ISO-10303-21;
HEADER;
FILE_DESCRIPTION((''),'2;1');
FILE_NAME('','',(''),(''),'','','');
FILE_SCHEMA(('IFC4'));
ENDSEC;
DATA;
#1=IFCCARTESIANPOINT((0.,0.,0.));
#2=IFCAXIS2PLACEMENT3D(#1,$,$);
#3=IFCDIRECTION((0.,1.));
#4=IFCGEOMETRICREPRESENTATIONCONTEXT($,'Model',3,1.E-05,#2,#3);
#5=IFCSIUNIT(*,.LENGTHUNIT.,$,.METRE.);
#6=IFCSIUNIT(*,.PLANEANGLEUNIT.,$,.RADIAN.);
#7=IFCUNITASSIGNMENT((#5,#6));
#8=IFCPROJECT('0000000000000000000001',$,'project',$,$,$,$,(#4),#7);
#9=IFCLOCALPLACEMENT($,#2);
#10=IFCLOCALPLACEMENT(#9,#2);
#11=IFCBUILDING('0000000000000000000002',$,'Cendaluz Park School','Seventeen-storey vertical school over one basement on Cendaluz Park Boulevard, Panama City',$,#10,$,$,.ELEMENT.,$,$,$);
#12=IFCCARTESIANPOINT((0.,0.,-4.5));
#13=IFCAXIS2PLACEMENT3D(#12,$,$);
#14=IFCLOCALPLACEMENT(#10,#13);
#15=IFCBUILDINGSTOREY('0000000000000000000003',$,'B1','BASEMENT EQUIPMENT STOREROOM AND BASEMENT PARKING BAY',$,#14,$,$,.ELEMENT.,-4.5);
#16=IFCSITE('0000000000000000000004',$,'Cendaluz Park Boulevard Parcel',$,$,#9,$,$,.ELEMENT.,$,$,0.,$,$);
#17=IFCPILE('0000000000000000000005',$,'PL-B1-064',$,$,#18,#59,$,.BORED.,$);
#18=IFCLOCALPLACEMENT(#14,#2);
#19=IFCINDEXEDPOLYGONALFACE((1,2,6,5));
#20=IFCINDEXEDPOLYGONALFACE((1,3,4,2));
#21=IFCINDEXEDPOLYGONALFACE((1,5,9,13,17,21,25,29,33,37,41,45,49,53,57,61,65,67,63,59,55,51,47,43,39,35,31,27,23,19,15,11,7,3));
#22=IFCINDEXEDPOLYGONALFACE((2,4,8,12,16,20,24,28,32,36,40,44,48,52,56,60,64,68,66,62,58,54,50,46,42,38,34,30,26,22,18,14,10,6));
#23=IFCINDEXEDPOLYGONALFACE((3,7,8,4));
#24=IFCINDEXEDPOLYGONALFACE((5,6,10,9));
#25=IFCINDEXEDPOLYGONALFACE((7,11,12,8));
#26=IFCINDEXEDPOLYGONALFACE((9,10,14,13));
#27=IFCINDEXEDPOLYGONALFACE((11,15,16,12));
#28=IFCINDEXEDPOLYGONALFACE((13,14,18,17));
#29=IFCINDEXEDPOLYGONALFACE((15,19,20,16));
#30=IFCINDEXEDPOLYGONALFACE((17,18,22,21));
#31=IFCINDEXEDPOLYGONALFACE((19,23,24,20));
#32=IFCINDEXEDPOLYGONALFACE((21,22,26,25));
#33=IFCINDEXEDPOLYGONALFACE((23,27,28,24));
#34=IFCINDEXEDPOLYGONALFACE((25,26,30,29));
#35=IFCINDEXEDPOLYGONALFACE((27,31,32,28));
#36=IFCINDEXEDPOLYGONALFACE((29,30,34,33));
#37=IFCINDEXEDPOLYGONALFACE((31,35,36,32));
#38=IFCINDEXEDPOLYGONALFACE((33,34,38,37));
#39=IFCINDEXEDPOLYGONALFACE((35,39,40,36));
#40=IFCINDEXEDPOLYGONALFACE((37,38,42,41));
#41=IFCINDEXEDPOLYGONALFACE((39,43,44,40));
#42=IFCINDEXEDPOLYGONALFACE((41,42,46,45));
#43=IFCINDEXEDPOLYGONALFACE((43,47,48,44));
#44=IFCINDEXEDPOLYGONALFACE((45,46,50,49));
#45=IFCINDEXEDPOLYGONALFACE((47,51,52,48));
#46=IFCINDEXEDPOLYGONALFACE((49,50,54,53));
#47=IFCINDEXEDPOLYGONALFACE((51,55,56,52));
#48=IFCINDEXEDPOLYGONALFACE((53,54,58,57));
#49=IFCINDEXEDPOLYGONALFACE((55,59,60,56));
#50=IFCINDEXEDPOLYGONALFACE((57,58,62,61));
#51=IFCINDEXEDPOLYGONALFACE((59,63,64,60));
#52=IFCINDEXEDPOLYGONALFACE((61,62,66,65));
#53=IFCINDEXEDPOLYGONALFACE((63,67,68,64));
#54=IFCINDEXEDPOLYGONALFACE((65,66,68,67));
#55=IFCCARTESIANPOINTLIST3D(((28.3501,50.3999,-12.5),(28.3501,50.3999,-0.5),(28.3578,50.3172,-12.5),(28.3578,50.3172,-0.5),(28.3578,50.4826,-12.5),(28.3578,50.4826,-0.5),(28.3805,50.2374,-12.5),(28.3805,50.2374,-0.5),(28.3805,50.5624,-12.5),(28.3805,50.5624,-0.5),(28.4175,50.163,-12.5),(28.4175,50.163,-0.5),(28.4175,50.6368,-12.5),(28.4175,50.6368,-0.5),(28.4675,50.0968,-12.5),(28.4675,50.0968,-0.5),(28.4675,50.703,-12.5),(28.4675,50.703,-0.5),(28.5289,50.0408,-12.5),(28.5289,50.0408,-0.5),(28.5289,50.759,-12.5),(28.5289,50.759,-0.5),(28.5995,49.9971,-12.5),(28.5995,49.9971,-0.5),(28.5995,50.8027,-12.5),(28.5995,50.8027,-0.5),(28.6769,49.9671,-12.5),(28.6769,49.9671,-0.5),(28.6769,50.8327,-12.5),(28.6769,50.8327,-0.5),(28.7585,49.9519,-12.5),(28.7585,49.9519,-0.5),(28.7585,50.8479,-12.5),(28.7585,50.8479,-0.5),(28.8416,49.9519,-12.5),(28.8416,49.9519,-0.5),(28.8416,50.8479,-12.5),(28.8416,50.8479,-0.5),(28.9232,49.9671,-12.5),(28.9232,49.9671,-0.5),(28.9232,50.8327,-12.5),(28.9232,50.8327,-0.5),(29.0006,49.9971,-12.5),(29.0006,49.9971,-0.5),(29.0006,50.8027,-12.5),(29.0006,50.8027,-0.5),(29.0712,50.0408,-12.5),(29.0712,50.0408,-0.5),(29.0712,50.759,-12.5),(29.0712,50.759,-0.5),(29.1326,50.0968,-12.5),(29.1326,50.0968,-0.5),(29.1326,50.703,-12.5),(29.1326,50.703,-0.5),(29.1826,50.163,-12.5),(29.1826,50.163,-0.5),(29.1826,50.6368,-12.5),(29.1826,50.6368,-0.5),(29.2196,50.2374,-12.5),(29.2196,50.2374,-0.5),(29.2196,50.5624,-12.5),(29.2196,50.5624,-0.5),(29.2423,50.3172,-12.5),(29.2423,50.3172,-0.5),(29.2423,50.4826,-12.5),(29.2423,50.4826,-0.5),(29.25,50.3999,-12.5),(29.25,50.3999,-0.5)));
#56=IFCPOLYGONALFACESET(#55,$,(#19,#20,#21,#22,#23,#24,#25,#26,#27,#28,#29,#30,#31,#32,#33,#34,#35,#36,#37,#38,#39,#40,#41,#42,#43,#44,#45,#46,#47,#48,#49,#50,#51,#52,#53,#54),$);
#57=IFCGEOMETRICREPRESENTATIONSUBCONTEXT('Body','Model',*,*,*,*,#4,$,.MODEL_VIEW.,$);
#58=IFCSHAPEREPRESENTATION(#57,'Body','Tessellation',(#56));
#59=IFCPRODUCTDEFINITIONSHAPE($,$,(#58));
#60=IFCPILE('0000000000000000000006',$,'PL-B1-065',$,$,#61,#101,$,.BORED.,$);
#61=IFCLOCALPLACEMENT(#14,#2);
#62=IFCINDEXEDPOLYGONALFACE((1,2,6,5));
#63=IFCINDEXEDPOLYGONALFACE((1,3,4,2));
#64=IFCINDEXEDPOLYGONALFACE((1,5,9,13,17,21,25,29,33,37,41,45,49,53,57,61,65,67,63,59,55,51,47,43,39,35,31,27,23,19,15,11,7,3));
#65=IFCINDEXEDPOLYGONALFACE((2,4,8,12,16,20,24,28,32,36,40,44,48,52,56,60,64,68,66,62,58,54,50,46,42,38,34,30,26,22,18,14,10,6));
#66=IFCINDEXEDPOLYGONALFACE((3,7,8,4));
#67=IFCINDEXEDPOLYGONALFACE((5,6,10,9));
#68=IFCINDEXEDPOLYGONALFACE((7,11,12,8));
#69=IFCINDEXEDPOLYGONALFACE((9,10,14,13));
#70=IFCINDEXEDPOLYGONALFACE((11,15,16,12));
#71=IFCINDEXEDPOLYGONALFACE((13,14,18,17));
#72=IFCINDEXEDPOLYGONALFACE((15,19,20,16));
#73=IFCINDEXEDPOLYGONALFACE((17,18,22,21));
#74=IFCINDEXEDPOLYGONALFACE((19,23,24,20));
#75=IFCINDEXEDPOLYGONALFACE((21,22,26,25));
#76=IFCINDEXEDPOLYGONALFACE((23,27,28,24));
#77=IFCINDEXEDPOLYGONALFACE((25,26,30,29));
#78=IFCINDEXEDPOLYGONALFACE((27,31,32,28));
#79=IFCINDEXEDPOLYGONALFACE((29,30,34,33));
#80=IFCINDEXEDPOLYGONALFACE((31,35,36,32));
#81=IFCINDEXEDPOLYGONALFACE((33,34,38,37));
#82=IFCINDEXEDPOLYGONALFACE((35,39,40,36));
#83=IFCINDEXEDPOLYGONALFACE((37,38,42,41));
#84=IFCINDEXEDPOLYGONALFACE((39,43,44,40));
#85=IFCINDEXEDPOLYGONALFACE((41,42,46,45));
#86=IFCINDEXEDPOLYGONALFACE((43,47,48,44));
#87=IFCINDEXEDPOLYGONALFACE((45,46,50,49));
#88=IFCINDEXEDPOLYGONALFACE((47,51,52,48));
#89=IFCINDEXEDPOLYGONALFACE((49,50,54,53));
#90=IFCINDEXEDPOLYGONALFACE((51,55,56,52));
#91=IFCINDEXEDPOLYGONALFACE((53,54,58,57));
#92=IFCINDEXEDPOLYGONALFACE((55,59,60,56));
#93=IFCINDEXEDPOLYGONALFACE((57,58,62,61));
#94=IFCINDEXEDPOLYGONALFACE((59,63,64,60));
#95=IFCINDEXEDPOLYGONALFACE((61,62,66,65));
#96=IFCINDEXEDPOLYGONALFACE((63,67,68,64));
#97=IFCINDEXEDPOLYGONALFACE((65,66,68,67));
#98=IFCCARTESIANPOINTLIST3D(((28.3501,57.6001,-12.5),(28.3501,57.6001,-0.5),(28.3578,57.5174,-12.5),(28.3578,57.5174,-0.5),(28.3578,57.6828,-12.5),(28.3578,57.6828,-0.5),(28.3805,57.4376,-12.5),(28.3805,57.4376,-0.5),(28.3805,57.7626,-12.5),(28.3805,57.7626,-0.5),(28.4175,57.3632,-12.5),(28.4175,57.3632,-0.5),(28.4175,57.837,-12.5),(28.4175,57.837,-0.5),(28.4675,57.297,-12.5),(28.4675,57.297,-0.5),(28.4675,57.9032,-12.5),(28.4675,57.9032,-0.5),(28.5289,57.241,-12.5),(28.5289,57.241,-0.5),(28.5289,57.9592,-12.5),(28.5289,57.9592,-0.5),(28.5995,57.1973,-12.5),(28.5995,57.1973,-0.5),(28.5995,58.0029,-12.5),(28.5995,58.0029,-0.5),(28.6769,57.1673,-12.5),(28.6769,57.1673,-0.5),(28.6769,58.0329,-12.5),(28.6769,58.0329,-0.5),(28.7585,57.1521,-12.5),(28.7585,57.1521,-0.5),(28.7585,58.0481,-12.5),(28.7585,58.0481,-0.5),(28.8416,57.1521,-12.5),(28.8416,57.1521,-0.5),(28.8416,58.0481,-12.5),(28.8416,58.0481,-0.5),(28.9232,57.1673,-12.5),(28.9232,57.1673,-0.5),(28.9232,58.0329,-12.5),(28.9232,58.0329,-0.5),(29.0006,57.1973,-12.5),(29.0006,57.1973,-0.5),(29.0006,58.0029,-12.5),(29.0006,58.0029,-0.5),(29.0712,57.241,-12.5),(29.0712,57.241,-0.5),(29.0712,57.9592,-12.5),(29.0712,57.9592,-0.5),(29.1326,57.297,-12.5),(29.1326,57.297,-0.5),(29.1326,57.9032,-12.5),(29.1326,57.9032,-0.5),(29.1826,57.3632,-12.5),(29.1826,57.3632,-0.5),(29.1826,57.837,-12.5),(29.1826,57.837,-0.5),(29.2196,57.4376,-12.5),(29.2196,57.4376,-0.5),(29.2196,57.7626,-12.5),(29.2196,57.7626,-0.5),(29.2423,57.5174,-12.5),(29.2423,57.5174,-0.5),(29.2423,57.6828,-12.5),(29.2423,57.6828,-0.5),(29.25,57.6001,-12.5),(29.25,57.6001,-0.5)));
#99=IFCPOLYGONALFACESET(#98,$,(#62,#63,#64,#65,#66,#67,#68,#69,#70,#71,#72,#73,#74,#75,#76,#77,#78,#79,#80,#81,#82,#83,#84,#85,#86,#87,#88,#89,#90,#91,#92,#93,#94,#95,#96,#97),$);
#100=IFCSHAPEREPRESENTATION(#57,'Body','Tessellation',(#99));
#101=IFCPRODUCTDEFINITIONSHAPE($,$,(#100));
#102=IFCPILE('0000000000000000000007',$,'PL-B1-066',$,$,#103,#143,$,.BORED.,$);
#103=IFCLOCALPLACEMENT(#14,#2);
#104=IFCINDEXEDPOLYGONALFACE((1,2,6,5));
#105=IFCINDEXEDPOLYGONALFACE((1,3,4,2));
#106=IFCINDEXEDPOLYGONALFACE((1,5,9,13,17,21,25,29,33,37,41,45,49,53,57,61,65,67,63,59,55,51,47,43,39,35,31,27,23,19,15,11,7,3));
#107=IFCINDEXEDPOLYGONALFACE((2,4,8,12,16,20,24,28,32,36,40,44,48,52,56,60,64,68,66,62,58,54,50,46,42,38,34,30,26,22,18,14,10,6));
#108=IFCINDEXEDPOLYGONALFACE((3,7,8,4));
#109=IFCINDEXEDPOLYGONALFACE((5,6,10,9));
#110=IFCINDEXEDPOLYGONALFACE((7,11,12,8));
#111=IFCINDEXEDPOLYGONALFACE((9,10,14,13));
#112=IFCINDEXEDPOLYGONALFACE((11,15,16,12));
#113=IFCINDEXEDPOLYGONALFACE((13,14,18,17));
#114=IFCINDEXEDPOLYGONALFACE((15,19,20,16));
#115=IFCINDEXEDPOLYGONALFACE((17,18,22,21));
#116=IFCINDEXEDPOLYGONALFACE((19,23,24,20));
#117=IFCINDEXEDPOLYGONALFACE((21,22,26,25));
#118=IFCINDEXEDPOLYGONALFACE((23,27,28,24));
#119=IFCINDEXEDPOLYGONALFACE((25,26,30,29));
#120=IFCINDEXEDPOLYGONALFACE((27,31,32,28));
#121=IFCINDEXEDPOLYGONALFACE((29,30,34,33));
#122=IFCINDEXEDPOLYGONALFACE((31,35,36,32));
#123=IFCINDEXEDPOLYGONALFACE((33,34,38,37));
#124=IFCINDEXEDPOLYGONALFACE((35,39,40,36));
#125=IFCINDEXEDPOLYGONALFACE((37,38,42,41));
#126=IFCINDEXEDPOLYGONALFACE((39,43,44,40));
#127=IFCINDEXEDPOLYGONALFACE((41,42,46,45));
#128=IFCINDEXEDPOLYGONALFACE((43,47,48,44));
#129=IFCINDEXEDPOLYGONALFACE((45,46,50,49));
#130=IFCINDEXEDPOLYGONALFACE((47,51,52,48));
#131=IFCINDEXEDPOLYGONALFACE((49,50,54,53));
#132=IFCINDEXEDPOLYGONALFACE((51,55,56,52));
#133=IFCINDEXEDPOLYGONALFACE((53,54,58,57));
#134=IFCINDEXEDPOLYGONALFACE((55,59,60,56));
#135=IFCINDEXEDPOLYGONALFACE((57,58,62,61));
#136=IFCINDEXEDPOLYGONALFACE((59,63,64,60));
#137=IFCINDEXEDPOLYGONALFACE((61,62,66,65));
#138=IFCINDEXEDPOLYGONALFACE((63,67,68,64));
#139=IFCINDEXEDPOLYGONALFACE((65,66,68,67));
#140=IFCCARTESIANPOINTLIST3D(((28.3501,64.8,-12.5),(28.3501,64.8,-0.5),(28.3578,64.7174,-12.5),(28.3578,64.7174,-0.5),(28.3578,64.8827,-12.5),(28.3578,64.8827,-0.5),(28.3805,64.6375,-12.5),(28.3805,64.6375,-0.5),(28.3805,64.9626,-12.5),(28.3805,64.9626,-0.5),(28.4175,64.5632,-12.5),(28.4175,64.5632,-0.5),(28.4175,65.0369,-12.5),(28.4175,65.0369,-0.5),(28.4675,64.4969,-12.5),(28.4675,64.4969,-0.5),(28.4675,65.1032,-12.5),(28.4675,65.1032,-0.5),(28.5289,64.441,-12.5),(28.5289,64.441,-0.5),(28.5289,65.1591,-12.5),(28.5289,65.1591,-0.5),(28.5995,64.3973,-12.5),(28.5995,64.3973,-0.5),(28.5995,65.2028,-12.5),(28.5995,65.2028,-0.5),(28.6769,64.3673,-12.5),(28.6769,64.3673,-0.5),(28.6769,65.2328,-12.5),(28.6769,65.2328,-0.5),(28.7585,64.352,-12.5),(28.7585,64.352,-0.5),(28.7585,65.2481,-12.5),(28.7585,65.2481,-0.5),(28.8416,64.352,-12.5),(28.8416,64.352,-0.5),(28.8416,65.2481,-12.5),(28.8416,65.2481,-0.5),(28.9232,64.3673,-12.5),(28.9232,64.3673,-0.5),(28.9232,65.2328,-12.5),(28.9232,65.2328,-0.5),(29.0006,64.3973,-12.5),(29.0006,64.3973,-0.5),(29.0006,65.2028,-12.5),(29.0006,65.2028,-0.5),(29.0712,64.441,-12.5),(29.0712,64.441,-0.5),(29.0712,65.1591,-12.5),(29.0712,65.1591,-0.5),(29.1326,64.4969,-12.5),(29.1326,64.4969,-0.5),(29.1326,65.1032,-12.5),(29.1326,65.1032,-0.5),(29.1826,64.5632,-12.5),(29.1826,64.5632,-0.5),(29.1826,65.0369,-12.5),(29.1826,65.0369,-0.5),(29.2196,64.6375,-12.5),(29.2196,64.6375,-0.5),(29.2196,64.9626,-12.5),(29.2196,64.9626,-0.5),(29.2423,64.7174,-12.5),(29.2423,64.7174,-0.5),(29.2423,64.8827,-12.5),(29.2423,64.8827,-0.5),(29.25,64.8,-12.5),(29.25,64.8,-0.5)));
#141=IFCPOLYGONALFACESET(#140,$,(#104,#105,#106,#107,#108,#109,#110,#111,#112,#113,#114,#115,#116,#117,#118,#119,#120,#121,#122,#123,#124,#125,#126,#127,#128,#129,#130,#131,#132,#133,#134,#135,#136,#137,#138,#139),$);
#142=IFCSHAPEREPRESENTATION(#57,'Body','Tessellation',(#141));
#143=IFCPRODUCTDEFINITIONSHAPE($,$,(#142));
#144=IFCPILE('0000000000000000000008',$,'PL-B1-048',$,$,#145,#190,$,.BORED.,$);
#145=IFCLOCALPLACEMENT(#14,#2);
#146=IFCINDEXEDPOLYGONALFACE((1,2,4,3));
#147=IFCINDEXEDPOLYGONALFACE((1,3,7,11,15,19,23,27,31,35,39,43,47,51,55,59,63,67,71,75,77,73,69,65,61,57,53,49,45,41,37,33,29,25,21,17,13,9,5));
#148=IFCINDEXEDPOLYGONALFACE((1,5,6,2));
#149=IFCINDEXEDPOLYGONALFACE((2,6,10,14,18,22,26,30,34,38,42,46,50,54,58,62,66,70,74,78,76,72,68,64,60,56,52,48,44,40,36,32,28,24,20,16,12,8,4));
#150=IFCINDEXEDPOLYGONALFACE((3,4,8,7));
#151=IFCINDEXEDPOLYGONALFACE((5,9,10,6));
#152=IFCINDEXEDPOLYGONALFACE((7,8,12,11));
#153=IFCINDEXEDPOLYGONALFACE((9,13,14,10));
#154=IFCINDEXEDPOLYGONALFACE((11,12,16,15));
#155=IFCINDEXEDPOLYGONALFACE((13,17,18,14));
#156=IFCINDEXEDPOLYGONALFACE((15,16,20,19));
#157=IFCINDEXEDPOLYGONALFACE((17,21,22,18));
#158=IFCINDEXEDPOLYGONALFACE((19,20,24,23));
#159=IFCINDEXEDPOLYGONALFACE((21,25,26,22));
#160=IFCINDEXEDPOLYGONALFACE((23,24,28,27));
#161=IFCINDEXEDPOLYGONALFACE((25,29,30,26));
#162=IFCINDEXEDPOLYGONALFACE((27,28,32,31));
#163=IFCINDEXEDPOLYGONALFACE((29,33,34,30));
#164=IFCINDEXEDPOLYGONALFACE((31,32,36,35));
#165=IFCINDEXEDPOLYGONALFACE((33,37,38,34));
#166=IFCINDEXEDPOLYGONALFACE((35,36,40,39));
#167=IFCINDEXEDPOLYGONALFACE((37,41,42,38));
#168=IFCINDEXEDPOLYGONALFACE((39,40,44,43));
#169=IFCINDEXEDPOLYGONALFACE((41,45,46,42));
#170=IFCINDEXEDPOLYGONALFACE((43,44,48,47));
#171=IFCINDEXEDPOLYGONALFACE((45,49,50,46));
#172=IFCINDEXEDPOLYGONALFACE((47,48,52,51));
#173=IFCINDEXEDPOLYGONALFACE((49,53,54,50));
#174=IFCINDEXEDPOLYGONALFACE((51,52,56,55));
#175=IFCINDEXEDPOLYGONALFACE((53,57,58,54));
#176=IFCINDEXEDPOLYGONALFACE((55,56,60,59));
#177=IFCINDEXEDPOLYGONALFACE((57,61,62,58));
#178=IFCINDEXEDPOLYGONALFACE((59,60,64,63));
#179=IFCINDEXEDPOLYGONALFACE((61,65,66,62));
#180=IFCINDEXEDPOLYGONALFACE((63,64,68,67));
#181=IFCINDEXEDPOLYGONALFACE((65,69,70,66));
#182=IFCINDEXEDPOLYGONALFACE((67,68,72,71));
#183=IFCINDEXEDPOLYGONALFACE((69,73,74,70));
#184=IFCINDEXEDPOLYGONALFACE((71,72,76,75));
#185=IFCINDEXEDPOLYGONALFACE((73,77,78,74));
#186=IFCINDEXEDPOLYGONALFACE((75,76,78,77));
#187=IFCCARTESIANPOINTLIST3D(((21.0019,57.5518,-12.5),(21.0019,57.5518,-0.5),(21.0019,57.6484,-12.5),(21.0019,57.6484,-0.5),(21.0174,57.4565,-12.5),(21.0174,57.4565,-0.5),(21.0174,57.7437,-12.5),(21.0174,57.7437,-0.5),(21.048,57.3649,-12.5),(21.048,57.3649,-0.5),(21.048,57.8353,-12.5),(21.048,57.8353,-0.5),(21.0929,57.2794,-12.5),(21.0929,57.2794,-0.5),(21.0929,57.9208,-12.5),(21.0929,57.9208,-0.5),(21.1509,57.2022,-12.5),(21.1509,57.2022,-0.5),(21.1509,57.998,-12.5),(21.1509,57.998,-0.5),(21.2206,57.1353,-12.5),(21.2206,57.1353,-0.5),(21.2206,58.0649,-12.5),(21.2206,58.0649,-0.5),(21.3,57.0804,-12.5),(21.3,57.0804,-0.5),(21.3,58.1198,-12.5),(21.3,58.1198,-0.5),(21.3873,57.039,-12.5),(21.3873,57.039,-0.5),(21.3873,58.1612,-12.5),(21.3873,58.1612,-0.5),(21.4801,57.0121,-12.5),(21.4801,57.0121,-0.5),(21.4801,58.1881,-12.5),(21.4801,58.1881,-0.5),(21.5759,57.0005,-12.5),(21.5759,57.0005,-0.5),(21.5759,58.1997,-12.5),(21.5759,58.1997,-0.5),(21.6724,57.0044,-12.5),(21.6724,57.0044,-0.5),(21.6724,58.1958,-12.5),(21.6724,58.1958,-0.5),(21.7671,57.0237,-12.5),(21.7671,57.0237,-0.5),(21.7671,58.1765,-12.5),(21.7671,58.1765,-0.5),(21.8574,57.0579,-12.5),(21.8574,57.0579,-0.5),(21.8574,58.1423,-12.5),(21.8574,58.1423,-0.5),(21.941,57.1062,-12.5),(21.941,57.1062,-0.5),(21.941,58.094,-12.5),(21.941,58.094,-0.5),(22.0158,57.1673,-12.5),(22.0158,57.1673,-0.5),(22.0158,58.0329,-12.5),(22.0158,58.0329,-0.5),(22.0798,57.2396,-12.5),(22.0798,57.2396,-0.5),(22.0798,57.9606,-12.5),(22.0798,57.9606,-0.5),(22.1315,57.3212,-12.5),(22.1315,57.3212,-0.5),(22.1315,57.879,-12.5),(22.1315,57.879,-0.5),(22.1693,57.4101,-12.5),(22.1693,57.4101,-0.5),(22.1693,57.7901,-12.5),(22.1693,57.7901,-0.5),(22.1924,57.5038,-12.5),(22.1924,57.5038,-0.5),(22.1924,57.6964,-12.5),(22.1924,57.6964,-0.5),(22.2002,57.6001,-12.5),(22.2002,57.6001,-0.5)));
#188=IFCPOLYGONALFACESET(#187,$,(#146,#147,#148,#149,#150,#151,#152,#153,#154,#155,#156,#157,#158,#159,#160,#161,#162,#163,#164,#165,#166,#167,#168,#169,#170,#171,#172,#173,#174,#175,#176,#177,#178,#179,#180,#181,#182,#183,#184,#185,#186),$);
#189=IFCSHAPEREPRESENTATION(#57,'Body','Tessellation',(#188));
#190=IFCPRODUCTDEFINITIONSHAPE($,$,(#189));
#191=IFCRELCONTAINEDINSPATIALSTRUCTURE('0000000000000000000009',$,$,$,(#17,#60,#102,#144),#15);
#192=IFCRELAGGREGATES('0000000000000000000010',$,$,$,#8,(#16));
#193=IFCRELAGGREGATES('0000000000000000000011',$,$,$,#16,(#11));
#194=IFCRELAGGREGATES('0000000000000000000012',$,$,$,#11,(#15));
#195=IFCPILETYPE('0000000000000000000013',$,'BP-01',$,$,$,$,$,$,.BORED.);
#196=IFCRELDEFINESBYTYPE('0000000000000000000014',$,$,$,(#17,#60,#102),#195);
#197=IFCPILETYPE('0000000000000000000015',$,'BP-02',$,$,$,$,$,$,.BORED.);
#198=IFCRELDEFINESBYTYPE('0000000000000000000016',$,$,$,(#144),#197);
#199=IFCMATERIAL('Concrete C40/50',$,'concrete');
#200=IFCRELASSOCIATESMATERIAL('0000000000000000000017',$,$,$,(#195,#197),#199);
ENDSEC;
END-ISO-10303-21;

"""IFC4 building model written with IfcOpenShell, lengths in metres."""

from ifc_helpers import new_model, si_unit, direction, frame, origin, origin_2d, place, context, subcontext, project, spatial, circle, extrude, material, material_profile, profile_set, type_object, element, save


model = new_model("IFC4")

# Units and contexts
model_context = context("Model", 3, precision=1e-05, world=origin(), true_north=direction((0.0, 1.0)))
body_context = subcontext(model_context, "Body", "Model", "MODEL_VIEW")
ifc_project = project(units=[si_unit("LENGTHUNIT", "METRE"), si_unit("PLANEANGLEUNIT", "RADIAN")], contexts=[model_context])

# Site, building, storey
site_placement = place(None, origin())
site = spatial("IfcSite", under=ifc_project, at=site_placement, Name="Cendaluz Park Boulevard Parcel", CompositionType="ELEMENT", RefElevation=0.0)
building_placement = place(site_placement, origin())
building = spatial("IfcBuilding", under=site, at=building_placement, Name="Cendaluz Park School", Description="Seventeen-storey vertical school over one basement on Cendaluz Park Boulevard, Panama City", CompositionType="ELEMENT")
storey_placement = place(building_placement, frame((0.0, 0.0, -4.5)))
storey = spatial("IfcBuildingStorey", under=building, at=storey_placement, Name="B1", Description="BASEMENT EQUIPMENT STOREROOM AND BASEMENT PARKING BAY", CompositionType="ELEMENT", Elevation=-4.5)

# Piles
ifc_material_1 = material(Name="Concrete C40/50", Category="concrete")
ifc_material_profile_1 = material_profile(ifc_material_1, circle(Radius=0.45, at=origin_2d()), Name="BP D900", Category="concrete")
ifc_profile_set_1 = profile_set([ifc_material_profile_1], Name="Concrete C40/50")
pile_type_1 = type_object("IfcPileType", Name="BP-01", PredefinedType="BORED", material=ifc_profile_set_1)
for number, where, z_axis, x_axis, name in (
    (1, (28.8, 50.3999, -0.5), (0.0, 0.0, -1.0), (1.0, 0.0, 0.0), "PL-B1-064"),
    (2, (28.8, 57.6001, -0.5), (0.0, 0.0, -1.0), (1.0, 0.0, 0.0), "PL-B1-065"),
    (3, (28.8, 64.8, -0.5), (0.0, 0.0, -1.0), (1.0, 0.0, 0.0), "PL-B1-066"),
):
    element("IfcPile", number, at=place(storey_placement, frame(where, z_axis=z_axis, x_axis=x_axis)), inside=storey, type_object=pile_type_1, Name=name, PredefinedType="BORED", context=body_context, shape_type="SweptSolid", body=[
        extrude(circle(Radius=0.45, at=origin_2d()), origin(), (0.0, 0.0, 1.0), 12.0),
    ])
ifc_material_profile_2 = material_profile(ifc_material_1, circle(Radius=0.6001, at=origin_2d()), Name="BP D1200", Category="concrete")
ifc_profile_set_2 = profile_set([ifc_material_profile_2], Name="Concrete C40/50")
pile_type_2 = type_object("IfcPileType", Name="BP-02", PredefinedType="BORED", material=ifc_profile_set_2)
for number, where, z_axis, x_axis, name in (
    (4, (21.6001, 57.6001, -0.5), (0.0, 0.0, -1.0), (1.0, 0.0, 0.0), "PL-B1-048"),
):
    element("IfcPile", number, at=place(storey_placement, frame(where, z_axis=z_axis, x_axis=x_axis)), inside=storey, type_object=pile_type_2, Name=name, PredefinedType="BORED", context=body_context, shape_type="SweptSolid", body=[
        extrude(circle(Radius=0.6001, at=origin_2d()), origin(), (0.0, 0.0, 1.0), 12.0),
    ])

save(model, "model.ifc")
